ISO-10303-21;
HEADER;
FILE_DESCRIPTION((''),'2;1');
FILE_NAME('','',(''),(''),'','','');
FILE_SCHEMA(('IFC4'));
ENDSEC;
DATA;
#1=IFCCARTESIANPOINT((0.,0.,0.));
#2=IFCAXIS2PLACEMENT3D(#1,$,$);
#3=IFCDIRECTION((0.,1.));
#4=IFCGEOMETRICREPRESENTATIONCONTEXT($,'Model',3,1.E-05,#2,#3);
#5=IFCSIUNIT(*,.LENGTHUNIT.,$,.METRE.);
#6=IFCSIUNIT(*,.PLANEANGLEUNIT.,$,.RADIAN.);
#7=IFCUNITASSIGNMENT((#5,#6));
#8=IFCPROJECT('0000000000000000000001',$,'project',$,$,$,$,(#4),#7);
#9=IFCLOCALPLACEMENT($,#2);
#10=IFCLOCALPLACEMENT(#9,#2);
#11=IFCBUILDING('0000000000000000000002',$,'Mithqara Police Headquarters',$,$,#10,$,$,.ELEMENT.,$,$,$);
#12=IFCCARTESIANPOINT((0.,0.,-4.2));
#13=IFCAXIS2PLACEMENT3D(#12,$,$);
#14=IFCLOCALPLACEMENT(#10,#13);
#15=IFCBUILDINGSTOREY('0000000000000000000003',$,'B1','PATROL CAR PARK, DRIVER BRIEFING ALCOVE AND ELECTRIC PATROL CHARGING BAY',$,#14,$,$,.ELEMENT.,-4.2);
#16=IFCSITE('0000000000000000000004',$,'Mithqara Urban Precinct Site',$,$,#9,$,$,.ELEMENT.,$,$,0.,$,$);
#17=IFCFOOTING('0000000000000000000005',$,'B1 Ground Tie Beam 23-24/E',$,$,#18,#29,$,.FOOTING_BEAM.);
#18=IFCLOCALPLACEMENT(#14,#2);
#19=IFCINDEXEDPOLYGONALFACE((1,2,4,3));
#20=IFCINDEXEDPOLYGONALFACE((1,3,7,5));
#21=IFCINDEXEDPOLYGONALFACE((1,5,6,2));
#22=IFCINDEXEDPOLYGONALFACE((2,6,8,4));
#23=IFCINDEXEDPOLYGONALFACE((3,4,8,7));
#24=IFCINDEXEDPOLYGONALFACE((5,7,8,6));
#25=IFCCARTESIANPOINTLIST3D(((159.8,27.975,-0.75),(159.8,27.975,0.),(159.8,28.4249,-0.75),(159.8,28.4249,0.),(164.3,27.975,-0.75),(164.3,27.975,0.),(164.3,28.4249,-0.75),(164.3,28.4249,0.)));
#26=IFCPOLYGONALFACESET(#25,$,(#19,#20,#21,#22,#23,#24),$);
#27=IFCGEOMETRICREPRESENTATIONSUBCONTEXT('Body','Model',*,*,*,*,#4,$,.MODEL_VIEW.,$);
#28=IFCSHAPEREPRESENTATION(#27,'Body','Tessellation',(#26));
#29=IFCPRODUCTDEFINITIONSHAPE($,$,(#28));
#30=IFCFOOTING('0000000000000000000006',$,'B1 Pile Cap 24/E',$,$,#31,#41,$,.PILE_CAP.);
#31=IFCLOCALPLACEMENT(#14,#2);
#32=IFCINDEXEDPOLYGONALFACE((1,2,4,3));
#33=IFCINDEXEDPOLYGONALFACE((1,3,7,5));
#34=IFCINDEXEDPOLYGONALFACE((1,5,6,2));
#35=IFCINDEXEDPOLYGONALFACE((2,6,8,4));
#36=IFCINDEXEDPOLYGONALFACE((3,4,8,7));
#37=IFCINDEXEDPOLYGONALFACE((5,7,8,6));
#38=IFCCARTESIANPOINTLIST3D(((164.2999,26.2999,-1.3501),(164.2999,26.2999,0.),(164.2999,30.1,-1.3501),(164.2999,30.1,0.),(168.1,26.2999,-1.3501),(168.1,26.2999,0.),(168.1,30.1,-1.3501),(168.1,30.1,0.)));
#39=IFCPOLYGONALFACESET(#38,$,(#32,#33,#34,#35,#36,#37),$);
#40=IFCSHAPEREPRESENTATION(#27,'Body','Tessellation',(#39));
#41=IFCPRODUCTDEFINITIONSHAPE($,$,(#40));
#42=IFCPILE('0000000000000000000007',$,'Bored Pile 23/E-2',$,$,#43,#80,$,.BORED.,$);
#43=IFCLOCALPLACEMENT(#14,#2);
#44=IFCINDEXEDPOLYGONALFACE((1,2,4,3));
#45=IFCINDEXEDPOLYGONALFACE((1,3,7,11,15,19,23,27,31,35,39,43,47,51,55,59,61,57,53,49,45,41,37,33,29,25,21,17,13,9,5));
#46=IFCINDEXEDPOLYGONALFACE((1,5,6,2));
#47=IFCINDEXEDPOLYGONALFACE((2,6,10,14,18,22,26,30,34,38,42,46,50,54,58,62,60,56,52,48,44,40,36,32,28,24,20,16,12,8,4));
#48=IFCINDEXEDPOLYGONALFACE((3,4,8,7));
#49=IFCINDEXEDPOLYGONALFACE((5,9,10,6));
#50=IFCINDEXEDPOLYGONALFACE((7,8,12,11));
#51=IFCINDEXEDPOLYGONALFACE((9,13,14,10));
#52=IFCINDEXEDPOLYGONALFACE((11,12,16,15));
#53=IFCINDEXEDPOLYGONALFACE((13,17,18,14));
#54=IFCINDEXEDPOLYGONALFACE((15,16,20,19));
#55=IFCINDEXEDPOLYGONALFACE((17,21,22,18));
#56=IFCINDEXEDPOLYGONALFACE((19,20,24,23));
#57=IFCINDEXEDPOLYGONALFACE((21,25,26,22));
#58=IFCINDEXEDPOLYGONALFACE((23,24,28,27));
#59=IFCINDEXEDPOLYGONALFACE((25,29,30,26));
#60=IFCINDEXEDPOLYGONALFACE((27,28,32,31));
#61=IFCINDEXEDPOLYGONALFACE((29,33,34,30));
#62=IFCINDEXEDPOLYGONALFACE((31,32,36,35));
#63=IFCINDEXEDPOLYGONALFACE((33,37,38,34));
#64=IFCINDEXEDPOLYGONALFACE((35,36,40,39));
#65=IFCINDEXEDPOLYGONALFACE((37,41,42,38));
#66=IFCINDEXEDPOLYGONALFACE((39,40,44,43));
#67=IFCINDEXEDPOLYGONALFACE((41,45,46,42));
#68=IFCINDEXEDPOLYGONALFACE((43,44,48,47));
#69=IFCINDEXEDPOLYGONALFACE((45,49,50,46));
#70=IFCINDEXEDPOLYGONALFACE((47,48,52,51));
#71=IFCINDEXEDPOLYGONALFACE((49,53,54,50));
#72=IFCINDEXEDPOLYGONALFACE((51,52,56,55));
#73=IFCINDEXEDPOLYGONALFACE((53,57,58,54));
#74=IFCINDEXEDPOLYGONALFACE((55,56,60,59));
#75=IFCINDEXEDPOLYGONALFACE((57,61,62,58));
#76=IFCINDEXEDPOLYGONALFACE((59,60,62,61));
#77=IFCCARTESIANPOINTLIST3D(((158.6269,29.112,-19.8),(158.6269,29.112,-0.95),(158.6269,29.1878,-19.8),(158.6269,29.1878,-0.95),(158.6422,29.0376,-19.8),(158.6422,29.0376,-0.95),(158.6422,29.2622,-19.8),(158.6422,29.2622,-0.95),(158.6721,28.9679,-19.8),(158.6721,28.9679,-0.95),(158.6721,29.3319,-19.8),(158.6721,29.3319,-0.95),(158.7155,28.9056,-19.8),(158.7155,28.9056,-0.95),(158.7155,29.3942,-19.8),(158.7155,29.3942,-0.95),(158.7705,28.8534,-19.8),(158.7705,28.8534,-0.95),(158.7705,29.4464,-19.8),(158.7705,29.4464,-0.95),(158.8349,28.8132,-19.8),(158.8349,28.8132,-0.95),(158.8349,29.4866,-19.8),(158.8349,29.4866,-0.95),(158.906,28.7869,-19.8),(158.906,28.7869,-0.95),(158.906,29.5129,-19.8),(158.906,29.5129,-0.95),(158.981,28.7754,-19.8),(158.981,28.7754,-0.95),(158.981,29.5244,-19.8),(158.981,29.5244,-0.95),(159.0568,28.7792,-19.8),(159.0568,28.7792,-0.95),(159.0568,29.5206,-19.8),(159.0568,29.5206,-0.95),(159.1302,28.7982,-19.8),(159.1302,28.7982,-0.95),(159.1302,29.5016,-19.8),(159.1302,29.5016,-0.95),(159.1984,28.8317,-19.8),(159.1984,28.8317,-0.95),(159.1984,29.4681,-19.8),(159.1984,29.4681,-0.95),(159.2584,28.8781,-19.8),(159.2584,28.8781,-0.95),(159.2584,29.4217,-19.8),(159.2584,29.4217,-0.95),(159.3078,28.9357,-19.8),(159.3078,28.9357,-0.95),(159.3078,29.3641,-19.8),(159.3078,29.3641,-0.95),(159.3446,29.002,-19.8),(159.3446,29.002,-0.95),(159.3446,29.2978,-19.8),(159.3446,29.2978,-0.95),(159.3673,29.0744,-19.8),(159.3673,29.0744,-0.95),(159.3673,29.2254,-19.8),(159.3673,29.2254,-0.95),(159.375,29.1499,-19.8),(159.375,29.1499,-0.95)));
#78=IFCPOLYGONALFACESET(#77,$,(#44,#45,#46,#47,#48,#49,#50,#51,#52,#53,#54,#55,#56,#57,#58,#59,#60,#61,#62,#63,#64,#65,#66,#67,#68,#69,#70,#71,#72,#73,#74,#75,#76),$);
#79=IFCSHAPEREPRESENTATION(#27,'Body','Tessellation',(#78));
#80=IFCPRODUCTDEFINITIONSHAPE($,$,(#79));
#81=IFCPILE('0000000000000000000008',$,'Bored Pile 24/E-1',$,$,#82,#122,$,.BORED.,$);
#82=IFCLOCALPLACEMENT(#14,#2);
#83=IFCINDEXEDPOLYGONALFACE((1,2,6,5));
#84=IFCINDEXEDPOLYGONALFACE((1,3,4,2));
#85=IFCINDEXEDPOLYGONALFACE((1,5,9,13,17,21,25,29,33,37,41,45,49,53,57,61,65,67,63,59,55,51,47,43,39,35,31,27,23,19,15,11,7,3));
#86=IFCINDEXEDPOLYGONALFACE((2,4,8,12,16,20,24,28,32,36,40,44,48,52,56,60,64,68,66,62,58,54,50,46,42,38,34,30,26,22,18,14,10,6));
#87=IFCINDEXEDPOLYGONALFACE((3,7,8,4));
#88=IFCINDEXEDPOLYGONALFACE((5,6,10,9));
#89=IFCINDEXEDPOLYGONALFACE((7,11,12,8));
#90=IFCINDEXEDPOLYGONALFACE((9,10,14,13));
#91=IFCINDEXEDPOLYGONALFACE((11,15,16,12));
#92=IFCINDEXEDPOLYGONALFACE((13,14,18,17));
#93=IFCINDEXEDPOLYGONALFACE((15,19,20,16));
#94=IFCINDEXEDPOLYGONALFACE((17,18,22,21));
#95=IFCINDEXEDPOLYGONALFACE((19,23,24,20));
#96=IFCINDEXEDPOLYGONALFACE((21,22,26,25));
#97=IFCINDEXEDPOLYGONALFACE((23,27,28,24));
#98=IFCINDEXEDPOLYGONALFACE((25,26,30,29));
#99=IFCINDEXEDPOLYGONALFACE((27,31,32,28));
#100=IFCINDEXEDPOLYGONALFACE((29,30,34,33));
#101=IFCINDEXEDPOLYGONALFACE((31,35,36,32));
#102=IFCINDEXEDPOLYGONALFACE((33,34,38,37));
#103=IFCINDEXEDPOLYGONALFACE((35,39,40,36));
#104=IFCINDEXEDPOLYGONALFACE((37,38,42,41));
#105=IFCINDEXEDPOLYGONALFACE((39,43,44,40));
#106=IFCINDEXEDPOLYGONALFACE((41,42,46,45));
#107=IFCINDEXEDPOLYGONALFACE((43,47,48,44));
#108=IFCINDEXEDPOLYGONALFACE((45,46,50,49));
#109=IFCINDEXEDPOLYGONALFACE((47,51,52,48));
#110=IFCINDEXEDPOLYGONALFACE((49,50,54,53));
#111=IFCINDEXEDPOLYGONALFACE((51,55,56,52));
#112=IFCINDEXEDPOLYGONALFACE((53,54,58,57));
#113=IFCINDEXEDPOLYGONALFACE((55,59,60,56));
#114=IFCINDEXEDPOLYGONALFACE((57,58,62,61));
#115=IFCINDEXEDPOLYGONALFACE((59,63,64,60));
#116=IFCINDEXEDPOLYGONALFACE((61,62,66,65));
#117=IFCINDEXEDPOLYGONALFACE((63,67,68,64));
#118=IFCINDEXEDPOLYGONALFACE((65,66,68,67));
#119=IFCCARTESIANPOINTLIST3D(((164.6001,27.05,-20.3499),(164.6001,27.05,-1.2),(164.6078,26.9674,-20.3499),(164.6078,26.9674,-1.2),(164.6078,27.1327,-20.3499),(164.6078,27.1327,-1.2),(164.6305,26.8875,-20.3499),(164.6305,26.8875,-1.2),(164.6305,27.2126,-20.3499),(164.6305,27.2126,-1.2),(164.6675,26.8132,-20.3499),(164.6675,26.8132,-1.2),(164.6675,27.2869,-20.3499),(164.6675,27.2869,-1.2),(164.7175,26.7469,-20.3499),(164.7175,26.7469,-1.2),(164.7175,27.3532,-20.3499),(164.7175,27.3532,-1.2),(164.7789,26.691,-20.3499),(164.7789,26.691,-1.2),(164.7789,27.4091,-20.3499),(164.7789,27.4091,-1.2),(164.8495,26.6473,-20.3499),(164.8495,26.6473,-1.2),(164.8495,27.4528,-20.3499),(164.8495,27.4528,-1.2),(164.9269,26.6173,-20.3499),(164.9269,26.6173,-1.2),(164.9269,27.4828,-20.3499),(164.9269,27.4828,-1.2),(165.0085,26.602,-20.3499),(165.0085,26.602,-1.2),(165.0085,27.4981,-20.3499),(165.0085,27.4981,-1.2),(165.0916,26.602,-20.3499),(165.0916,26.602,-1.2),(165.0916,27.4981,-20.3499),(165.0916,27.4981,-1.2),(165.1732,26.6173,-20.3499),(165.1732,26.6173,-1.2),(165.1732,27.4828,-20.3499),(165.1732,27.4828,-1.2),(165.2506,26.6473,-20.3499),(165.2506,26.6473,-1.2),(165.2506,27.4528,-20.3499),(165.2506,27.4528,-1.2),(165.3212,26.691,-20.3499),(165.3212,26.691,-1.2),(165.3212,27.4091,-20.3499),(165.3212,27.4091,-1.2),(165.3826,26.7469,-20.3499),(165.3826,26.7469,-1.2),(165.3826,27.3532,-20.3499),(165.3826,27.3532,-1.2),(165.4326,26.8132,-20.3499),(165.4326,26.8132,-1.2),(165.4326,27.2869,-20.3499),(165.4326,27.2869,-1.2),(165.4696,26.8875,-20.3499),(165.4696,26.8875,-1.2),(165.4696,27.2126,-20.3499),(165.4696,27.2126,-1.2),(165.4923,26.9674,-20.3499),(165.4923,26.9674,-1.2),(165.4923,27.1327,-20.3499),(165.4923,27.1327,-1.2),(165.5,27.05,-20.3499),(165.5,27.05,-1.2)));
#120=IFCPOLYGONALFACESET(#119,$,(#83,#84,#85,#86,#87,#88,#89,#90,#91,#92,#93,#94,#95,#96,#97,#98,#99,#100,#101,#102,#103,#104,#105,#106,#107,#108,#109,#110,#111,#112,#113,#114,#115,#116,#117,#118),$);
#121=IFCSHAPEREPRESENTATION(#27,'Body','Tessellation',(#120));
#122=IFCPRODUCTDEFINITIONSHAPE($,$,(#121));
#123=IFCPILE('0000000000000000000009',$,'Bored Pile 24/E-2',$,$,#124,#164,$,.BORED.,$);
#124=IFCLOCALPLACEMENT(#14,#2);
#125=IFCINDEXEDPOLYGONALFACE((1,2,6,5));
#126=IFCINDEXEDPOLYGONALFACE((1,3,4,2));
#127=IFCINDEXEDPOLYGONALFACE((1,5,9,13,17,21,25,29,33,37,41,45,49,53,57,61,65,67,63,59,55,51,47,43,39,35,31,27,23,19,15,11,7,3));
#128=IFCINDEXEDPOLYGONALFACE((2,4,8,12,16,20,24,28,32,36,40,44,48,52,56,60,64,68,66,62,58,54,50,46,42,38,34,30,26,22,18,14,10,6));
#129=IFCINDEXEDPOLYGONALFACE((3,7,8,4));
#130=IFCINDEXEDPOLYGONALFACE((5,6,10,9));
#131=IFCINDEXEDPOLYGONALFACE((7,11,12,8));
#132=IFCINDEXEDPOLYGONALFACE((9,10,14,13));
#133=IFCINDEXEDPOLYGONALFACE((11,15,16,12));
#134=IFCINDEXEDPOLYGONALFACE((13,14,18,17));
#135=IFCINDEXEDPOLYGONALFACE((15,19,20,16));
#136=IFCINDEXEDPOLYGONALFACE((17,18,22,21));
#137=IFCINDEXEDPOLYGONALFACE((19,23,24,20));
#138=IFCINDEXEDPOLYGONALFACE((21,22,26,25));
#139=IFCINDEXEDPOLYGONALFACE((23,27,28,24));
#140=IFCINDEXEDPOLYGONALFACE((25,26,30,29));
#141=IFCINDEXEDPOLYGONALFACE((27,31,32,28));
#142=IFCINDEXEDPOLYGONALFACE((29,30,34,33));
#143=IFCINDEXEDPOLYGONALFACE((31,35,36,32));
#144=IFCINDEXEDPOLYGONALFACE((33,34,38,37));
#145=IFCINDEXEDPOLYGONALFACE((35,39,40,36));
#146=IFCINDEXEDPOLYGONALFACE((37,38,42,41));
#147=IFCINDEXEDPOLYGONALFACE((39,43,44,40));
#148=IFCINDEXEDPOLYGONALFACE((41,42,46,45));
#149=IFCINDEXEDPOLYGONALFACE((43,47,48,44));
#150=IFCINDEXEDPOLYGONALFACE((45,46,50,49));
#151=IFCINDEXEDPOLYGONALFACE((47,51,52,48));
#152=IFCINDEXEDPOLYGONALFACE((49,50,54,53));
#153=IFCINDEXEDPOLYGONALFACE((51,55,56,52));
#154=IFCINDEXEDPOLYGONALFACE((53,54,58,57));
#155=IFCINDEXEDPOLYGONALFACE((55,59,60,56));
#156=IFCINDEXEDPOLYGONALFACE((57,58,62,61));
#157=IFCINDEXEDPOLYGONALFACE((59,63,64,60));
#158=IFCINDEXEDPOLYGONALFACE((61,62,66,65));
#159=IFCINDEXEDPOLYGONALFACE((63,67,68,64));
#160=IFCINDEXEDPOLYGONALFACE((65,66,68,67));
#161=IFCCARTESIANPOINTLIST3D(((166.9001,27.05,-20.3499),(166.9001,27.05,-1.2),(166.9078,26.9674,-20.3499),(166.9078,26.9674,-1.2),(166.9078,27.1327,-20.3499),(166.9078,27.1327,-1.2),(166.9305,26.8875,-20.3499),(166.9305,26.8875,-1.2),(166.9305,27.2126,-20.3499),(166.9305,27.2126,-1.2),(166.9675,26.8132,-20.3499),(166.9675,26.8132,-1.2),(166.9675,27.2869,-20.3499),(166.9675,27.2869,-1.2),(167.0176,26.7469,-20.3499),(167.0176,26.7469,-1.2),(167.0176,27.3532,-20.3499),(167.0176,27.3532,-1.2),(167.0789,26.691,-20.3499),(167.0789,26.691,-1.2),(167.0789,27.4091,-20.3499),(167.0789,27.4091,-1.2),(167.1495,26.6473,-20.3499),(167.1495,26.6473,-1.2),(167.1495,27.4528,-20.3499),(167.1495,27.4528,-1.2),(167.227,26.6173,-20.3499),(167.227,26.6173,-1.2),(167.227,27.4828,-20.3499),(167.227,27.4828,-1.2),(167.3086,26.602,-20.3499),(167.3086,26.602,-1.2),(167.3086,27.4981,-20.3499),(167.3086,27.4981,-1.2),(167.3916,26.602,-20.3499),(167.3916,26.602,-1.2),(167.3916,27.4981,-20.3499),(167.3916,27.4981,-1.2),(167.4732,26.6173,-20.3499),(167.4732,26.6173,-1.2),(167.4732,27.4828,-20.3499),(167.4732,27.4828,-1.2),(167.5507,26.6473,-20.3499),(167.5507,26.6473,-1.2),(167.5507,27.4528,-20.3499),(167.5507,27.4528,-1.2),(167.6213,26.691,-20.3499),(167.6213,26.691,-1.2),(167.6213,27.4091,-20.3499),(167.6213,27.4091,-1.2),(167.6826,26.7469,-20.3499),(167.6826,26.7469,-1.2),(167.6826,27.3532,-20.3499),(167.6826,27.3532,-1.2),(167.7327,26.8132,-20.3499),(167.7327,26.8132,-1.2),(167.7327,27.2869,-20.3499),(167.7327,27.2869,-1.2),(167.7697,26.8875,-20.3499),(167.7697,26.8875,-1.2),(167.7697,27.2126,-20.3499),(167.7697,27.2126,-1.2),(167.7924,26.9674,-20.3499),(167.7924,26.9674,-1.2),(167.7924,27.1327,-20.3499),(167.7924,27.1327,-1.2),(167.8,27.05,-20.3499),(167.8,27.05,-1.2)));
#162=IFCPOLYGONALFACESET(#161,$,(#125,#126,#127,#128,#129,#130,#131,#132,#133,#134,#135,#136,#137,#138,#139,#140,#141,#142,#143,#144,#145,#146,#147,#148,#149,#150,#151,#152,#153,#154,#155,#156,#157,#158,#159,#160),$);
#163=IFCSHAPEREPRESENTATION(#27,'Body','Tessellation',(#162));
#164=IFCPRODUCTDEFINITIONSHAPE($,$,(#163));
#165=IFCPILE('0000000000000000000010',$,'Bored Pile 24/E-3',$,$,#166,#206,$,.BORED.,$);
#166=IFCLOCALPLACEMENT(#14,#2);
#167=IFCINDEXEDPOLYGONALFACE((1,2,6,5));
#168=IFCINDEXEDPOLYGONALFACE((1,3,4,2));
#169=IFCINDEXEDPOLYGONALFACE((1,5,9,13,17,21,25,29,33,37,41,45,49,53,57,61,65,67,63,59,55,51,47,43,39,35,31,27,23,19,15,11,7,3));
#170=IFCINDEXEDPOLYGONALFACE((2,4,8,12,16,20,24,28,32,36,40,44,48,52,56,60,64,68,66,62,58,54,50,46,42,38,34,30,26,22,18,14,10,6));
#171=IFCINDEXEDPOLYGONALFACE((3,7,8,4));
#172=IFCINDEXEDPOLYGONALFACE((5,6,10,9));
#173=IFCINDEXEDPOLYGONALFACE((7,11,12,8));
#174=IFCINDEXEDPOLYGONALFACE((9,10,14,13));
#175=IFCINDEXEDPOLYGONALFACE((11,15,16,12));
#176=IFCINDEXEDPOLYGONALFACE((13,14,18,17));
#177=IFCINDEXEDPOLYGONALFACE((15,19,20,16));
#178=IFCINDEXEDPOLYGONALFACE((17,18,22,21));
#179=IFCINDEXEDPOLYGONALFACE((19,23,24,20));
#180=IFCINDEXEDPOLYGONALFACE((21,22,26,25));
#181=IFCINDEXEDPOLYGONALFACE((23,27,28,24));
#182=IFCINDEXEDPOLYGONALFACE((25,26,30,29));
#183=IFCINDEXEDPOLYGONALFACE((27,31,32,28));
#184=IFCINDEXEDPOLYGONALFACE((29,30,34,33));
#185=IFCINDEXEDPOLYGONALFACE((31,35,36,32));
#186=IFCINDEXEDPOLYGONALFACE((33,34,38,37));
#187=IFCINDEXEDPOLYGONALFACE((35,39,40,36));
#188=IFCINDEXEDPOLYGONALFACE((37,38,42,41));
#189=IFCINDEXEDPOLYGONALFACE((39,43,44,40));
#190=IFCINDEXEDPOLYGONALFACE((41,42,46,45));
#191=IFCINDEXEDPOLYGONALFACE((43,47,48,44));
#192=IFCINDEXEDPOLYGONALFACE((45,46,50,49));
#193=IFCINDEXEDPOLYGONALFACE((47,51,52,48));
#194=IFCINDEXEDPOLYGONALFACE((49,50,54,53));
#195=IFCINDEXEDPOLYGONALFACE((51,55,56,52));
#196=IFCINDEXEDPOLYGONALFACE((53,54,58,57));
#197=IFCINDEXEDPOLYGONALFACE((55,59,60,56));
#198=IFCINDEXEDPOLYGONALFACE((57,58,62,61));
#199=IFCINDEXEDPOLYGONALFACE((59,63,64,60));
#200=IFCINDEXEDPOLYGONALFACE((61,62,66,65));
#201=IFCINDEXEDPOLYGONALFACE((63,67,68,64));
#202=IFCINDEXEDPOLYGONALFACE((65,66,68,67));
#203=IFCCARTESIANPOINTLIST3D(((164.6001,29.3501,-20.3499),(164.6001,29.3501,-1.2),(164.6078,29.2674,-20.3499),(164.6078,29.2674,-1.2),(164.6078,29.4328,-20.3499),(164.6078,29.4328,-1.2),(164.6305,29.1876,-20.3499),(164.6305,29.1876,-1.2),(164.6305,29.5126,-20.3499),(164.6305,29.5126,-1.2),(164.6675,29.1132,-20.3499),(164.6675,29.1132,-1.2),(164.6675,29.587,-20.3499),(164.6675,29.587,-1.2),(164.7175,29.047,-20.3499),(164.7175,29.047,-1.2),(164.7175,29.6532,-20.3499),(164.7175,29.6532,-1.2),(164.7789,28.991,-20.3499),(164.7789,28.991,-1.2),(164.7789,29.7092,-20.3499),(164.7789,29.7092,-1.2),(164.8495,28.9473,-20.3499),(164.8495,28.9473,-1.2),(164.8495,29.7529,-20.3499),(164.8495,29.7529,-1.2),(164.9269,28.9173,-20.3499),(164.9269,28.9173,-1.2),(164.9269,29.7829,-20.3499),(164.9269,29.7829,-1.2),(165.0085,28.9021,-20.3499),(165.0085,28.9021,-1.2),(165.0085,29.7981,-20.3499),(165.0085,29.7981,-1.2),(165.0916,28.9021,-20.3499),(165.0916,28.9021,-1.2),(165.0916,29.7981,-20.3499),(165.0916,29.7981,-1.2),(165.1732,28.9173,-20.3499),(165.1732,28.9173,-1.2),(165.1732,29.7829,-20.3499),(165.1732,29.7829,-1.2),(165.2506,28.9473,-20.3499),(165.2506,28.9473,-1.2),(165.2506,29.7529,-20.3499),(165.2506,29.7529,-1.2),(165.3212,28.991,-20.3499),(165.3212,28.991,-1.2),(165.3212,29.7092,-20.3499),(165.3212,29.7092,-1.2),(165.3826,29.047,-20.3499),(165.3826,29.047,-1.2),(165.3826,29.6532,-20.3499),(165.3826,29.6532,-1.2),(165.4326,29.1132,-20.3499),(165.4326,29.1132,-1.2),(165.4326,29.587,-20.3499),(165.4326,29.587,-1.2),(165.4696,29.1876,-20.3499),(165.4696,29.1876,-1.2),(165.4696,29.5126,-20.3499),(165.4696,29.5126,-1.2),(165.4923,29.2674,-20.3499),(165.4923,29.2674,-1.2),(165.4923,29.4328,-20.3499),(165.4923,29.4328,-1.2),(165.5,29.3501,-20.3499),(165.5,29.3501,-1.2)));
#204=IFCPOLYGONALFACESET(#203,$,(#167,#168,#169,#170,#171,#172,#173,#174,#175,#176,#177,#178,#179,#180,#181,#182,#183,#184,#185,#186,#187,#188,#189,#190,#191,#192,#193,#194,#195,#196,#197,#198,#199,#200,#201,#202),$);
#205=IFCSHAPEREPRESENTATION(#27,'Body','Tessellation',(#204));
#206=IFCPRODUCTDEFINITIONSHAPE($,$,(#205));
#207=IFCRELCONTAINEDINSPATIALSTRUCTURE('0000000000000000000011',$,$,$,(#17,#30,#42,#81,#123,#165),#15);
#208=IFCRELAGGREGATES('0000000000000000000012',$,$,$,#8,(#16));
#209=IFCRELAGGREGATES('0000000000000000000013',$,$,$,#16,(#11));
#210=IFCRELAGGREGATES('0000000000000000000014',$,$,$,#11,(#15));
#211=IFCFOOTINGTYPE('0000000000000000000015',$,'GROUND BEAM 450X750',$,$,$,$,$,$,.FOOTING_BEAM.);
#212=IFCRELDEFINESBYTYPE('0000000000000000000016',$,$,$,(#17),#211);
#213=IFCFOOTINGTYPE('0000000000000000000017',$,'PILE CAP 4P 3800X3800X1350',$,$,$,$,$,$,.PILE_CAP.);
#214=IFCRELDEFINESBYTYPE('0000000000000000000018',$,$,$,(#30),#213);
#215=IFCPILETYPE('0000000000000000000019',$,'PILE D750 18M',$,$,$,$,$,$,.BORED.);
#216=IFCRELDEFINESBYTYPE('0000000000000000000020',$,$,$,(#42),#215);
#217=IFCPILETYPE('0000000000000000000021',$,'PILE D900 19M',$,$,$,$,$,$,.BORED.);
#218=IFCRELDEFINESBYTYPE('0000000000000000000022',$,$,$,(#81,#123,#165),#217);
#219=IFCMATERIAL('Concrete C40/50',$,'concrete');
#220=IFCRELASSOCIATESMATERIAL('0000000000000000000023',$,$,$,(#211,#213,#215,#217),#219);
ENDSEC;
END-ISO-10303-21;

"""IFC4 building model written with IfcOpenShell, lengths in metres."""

from ifc_helpers import new_model, si_unit, direction, frame, origin, origin_2d, place, context, subcontext, project, spatial, rectangle, circle, extrude, material, material_profile, profile_set, type_object, element, save


model = new_model("IFC4")

# Units and contexts
model_context = context("Model", 3, precision=1e-05, world=origin(), true_north=direction((0.0, 1.0)))
body_context = subcontext(model_context, "Body", "Model", "MODEL_VIEW")
ifc_project = project(units=[si_unit("LENGTHUNIT", "METRE"), si_unit("PLANEANGLEUNIT", "RADIAN")], contexts=[model_context])

# Site, building, storey
site_placement = place(None, origin())
site = spatial("IfcSite", under=ifc_project, at=site_placement, Name="Mithqara Urban Precinct Site", CompositionType="ELEMENT", RefElevation=0.0)
building_placement = place(site_placement, origin())
building = spatial("IfcBuilding", under=site, at=building_placement, Name="Mithqara Police Headquarters", CompositionType="ELEMENT")
storey_placement = place(building_placement, frame((0.0, 0.0, -4.2)))
storey = spatial("IfcBuildingStorey", under=building, at=storey_placement, Name="B1", Description="PATROL CAR PARK, DRIVER BRIEFING ALCOVE AND ELECTRIC PATROL CHARGING BAY", CompositionType="ELEMENT", Elevation=-4.2)

# Footings
ifc_material_1 = material(Name="Concrete C40/50", Category="concrete")
footing_type_1 = type_object("IfcFootingType", Name="GROUND BEAM 450X750", PredefinedType="FOOTING_BEAM", material=ifc_material_1)
footing_1_placement = place(storey_placement, frame((162.05, 28.2, -0.75), z_axis=(0.0, 0.0, 1.0), x_axis=(1.0, 0.0, 0.0)))
element("IfcFooting", 1, at=footing_1_placement, inside=storey, type_object=footing_type_1, Name="B1 Ground Tie Beam 23-24/E", PredefinedType="FOOTING_BEAM", context=body_context, shape_type="SweptSolid", body=[
    extrude(rectangle(XDim=4.5, YDim=0.45, at=origin_2d()), origin(), (0.0, 0.0, 1.0), 0.75),
])
footing_type_2 = type_object("IfcFootingType", Name="PILE CAP 4P 3800X3800X1350", PredefinedType="PILE_CAP", material=ifc_material_1)
footing_2_placement = place(storey_placement, frame((166.2, 28.2, -1.3501), z_axis=(0.0, 0.0, 1.0), x_axis=(1.0, 0.0, 0.0)))
element("IfcFooting", 2, at=footing_2_placement, inside=storey, type_object=footing_type_2, Name="B1 Pile Cap 24/E", PredefinedType="PILE_CAP", context=body_context, shape_type="SweptSolid", body=[
    extrude(rectangle(XDim=3.8, YDim=3.8, at=origin_2d()), origin(), (0.0, 0.0, 1.0), 1.3501),
])

# Piles
ifc_material_profile_1 = material_profile(ifc_material_1, circle(Radius=0.375, at=origin_2d()), Name="PILE D750")
ifc_profile_set_1 = profile_set([ifc_material_profile_1], Name="Concrete C40/50")
pile_type_1 = type_object("IfcPileType", Name="PILE D750 18M", PredefinedType="BORED", material=ifc_profile_set_1)
pile_placement = place(storey_placement, frame((159.0, 29.1499, -0.95), z_axis=(0.0, 0.0, -1.0), x_axis=(1.0, 0.0, 0.0)))
element("IfcPile", 3, at=pile_placement, inside=storey, type_object=pile_type_1, Name="Bored Pile 23/E-2", PredefinedType="BORED", context=body_context, shape_type="SweptSolid", body=[
    extrude(circle(Radius=0.375, at=origin_2d()), origin(), (0.0, 0.0, 1.0), 18.8501),
])
ifc_material_profile_2 = material_profile(ifc_material_1, circle(Radius=0.45, at=origin_2d()), Name="PILE D900")
ifc_profile_set_2 = profile_set([ifc_material_profile_2], Name="Concrete C40/50")
pile_type_2 = type_object("IfcPileType", Name="PILE D900 19M", PredefinedType="BORED", material=ifc_profile_set_2)
for number, where, z_axis, x_axis, name in (
    (4, (165.05, 27.05, -1.2), (0.0, 0.0, -1.0), (1.0, 0.0, 0.0), "Bored Pile 24/E-1"),
    (5, (167.3501, 27.05, -1.2), (0.0, 0.0, -1.0), (1.0, 0.0, 0.0), "Bored Pile 24/E-2"),
    (6, (165.05, 29.3501, -1.2), (0.0, 0.0, -1.0), (1.0, 0.0, 0.0), "Bored Pile 24/E-3"),
):
    element("IfcPile", number, at=place(storey_placement, frame(where, z_axis=z_axis, x_axis=x_axis)), inside=storey, type_object=pile_type_2, Name=name, PredefinedType="BORED", context=body_context, shape_type="SweptSolid", body=[
        extrude(circle(Radius=0.45, at=origin_2d()), origin(), (0.0, 0.0, 1.0), 19.1499),
    ])

save(model, "model.ifc")
